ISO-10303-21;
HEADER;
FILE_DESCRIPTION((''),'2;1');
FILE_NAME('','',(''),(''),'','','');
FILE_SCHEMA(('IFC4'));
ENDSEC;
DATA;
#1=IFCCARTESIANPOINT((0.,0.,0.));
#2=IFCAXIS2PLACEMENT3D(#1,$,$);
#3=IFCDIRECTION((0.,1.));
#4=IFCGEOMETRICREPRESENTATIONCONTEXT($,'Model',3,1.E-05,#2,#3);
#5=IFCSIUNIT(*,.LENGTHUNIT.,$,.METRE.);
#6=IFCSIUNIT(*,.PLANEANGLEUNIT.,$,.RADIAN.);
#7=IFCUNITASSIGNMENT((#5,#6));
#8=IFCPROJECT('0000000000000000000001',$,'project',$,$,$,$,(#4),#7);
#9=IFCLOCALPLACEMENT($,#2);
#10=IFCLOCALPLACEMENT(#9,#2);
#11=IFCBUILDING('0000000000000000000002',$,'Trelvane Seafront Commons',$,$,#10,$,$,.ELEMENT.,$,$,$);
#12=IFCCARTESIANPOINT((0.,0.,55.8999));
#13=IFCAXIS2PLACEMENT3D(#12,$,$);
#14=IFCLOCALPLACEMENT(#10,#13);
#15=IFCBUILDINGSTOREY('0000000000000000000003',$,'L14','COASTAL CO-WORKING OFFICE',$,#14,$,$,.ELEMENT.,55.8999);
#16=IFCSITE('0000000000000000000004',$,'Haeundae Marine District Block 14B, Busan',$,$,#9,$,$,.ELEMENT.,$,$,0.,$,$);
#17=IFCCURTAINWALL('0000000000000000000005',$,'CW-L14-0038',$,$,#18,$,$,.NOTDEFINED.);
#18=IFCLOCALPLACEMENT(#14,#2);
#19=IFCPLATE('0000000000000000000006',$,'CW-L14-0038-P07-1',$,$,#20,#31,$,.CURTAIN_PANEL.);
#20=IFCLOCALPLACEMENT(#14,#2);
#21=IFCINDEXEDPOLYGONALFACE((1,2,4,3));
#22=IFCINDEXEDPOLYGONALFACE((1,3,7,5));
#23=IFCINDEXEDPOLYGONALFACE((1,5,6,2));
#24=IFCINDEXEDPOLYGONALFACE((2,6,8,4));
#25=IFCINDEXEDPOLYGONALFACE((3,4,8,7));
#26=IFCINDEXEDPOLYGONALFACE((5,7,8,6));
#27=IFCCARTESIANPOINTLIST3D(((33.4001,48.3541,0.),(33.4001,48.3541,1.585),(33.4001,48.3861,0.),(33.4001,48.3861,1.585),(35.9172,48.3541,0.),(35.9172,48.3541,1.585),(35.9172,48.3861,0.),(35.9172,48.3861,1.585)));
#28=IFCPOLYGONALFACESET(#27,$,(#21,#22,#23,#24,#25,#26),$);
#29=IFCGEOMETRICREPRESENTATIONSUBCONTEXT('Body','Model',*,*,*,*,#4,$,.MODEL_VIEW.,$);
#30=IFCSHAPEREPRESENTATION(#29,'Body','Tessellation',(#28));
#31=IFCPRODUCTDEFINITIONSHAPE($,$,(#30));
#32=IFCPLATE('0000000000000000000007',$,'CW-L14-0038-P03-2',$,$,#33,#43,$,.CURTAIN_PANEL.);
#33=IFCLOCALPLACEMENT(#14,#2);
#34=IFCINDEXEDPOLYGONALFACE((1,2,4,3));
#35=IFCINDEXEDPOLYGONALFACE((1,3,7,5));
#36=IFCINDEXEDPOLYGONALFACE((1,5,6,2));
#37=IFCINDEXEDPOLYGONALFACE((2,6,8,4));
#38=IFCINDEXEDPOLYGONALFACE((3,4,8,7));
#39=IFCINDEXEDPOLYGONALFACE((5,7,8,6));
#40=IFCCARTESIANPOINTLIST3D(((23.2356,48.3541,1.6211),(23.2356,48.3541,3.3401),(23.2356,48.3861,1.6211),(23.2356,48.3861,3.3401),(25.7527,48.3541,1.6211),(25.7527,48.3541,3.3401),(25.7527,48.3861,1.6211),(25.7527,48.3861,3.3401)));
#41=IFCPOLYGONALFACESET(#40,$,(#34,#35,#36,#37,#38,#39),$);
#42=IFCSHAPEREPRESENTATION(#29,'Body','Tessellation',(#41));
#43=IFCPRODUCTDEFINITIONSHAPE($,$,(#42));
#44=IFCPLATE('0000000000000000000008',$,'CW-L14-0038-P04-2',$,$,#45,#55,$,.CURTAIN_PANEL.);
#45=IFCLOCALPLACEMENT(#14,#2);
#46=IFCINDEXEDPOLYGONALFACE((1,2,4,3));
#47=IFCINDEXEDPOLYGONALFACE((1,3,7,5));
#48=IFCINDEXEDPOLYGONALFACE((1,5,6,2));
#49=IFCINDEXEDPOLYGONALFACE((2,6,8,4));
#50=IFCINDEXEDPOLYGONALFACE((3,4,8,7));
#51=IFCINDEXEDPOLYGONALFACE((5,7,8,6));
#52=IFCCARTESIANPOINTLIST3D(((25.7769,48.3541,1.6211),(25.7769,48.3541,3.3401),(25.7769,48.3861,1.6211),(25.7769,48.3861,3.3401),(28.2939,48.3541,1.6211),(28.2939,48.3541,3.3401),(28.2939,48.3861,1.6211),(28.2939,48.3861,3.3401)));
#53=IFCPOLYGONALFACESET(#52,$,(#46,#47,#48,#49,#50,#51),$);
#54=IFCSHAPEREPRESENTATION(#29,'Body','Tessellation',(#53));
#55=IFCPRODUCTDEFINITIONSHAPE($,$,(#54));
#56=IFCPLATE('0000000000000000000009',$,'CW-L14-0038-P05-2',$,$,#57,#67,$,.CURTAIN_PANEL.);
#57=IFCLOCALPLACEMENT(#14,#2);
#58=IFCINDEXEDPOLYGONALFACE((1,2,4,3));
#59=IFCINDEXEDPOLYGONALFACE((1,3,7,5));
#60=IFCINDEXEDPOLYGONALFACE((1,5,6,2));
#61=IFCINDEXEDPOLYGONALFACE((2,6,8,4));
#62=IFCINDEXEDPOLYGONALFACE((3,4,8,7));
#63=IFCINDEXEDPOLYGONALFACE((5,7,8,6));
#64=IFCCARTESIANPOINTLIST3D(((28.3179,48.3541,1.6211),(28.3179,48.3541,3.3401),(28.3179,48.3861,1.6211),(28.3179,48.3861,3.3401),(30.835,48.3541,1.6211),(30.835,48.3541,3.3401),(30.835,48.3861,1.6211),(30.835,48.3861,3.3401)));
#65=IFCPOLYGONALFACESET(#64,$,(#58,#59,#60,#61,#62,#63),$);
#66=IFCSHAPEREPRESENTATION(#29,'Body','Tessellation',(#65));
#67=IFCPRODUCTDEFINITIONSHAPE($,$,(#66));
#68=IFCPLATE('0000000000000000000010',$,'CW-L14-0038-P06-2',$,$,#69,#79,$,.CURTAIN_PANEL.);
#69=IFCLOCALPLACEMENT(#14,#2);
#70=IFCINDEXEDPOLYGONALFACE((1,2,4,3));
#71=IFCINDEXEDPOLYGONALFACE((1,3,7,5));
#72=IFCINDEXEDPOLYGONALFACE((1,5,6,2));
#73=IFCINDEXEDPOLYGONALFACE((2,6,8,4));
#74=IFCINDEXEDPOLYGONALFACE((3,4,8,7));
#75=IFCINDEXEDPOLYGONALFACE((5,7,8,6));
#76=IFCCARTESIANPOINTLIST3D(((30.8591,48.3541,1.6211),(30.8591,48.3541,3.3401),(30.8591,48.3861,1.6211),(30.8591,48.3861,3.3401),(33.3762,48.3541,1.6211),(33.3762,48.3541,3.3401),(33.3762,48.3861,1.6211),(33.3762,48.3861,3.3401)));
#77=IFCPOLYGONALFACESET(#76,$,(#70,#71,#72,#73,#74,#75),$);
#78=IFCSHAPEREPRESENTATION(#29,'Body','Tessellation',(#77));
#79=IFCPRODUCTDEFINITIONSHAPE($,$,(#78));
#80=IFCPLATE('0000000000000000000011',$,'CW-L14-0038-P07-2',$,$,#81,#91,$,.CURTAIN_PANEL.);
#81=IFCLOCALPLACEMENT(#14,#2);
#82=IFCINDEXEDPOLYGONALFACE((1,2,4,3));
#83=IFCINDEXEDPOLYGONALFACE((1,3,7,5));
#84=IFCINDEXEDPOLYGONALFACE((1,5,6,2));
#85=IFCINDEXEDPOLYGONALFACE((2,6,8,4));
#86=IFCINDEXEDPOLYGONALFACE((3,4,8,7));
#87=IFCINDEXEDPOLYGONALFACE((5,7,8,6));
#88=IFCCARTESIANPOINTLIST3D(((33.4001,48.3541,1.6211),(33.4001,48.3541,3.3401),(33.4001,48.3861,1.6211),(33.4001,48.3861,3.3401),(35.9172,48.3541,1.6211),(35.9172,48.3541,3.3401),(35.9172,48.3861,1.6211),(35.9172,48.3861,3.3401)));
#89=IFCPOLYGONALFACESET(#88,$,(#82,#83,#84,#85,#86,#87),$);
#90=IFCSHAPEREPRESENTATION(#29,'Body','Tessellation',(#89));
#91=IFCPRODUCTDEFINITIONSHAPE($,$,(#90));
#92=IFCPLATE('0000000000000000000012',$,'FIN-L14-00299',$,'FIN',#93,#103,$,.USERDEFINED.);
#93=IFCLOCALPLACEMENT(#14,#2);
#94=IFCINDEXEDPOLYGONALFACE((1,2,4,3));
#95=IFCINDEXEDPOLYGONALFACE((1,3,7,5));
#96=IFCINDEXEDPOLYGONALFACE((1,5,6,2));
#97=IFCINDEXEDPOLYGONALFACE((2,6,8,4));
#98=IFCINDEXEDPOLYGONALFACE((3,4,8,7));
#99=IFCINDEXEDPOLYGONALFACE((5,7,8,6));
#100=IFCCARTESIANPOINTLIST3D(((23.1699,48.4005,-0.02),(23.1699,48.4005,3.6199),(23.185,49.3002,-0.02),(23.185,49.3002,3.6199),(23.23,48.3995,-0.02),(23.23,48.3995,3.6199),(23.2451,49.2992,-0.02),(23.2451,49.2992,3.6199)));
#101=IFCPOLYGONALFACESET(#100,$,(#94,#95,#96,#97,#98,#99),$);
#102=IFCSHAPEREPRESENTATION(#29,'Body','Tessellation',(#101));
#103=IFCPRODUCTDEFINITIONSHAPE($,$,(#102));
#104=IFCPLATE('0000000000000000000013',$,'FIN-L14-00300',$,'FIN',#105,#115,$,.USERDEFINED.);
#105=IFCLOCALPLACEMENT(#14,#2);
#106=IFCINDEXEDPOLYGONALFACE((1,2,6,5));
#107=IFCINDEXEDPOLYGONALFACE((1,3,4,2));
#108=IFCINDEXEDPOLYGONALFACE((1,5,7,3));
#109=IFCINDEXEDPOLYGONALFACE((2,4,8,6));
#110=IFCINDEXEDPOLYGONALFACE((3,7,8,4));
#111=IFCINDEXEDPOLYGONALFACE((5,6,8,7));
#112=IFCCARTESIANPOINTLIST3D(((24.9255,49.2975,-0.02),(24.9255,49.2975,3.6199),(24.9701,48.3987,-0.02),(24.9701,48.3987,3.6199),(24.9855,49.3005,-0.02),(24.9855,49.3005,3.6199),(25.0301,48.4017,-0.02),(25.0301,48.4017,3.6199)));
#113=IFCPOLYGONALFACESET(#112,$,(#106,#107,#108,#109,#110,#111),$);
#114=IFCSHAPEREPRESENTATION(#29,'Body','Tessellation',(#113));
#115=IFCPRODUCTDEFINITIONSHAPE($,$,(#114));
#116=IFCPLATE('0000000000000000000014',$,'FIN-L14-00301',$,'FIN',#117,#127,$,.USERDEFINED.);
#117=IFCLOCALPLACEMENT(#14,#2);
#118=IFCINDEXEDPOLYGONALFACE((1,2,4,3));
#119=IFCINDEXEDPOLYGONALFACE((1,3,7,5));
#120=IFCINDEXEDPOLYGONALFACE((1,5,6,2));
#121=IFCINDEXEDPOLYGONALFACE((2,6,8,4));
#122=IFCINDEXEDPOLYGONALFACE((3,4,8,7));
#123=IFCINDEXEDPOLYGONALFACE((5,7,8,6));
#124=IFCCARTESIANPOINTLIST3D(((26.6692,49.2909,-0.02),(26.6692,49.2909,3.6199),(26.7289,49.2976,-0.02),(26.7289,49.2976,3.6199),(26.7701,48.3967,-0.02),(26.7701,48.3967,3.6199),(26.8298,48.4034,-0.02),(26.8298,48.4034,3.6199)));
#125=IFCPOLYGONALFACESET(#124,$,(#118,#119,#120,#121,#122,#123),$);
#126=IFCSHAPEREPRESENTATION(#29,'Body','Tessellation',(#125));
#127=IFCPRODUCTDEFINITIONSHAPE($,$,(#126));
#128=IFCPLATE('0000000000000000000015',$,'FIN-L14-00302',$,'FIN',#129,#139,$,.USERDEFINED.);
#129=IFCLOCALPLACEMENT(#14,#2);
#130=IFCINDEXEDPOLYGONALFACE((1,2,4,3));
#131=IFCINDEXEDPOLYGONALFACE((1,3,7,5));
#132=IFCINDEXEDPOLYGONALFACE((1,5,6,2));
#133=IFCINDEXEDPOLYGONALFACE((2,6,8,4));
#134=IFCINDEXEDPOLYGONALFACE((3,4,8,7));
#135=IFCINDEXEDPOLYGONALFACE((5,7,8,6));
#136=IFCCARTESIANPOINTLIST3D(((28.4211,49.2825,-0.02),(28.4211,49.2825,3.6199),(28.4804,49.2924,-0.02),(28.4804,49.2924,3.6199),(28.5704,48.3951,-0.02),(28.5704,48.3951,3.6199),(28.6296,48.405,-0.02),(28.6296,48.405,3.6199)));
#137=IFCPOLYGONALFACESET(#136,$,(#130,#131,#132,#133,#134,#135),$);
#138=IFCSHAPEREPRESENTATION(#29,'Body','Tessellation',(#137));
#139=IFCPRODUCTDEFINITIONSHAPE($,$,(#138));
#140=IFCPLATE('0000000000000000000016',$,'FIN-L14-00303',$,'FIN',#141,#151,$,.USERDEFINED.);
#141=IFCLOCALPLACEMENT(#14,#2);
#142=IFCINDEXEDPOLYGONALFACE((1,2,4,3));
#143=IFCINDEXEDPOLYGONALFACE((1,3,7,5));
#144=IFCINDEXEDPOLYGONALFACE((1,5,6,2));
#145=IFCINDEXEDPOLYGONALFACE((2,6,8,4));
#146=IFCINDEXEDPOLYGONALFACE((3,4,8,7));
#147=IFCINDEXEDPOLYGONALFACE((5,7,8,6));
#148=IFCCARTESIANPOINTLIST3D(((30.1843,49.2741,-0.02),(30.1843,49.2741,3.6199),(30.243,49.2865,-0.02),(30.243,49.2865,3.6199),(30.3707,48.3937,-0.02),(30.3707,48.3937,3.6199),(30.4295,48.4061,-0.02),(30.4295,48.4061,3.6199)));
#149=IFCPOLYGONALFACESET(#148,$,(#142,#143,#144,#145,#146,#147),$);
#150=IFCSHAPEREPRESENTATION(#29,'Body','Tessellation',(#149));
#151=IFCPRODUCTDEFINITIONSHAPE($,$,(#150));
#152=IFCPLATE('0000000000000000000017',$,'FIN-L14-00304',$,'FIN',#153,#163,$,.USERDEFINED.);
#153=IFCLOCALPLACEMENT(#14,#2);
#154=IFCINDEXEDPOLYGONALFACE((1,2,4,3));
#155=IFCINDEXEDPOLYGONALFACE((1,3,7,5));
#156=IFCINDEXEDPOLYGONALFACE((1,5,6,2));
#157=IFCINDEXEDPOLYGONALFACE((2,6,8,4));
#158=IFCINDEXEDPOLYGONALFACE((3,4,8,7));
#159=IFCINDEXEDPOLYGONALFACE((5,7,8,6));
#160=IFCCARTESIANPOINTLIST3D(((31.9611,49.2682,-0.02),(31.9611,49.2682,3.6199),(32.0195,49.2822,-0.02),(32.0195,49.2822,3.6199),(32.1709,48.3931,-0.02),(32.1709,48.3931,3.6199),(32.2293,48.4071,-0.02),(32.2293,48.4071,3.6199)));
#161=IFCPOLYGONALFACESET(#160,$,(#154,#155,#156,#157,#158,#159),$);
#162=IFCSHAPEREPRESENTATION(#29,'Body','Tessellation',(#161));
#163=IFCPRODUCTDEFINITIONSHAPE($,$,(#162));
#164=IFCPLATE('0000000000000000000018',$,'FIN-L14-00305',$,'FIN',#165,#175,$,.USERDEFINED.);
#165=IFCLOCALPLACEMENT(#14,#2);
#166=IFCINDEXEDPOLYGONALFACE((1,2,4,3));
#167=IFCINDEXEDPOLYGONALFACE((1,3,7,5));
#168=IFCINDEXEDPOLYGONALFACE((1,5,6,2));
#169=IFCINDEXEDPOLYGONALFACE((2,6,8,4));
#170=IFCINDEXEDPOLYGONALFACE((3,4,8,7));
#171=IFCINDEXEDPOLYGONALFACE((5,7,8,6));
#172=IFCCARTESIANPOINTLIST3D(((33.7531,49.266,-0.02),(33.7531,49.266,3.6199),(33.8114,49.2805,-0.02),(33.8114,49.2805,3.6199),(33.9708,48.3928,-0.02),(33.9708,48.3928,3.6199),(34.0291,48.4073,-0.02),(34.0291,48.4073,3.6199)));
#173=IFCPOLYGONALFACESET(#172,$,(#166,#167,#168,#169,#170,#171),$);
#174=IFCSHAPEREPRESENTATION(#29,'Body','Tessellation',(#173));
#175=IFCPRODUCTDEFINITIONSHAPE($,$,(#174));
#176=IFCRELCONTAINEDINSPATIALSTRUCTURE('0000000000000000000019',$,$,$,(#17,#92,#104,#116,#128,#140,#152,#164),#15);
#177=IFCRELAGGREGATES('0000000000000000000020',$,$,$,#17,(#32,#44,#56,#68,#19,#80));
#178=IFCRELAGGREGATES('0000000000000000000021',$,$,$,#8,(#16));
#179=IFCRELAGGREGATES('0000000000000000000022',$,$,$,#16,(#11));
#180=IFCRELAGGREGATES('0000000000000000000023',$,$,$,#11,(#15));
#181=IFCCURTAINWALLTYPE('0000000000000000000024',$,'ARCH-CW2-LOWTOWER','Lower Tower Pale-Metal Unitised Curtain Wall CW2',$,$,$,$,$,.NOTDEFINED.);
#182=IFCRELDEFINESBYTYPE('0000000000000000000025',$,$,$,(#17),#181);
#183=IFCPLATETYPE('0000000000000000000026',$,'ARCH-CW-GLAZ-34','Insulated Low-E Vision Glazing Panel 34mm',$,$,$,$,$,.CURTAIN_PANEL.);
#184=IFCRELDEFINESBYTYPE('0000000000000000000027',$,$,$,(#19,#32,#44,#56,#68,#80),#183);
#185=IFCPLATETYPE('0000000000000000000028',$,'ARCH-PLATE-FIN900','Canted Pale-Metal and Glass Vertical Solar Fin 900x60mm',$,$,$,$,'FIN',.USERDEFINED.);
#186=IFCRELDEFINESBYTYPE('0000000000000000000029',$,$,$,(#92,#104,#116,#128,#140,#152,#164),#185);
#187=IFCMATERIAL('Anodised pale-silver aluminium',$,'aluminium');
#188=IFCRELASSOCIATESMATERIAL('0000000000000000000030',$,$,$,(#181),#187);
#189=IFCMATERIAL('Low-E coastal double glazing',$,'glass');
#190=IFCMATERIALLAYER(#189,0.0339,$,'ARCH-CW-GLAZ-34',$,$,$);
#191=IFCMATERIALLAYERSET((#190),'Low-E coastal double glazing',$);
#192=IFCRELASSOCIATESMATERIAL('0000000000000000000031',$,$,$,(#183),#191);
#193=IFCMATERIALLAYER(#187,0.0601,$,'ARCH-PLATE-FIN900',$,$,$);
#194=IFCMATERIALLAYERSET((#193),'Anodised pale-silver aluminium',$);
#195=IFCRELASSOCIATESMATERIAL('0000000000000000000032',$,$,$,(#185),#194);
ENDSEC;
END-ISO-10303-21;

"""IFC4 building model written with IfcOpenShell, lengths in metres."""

from ifc_helpers import new_model, si_unit, direction, frame, origin, origin_2d, place, context, subcontext, project, spatial, rectangle, extrude, source, transform, mapped, material, layer, layer_set, type_object, element, aggregate, save


model = new_model("IFC4")

# Units and contexts
model_context = context("Model", 3, precision=1e-05, world=origin(), true_north=direction((0.0, 1.0)))
body_context = subcontext(model_context, "Body", "Model", "MODEL_VIEW")
ifc_project = project(units=[si_unit("LENGTHUNIT", "METRE"), si_unit("PLANEANGLEUNIT", "RADIAN")], contexts=[model_context])

# Site, building, storey
site_placement = place(None, origin())
site = spatial("IfcSite", under=ifc_project, at=site_placement, Name="Haeundae Marine District Block 14B, Busan", CompositionType="ELEMENT", RefElevation=0.0)
building_placement = place(site_placement, origin())
building = spatial("IfcBuilding", under=site, at=building_placement, Name="Trelvane Seafront Commons", CompositionType="ELEMENT")
storey_placement = place(building_placement, frame((0.0, 0.0, 55.8999)))
storey = spatial("IfcBuildingStorey", under=building, at=storey_placement, Name="L14", Description="COASTAL CO-WORKING OFFICE", CompositionType="ELEMENT", Elevation=55.8999)

# Curtain wall, plates
ifc_material_1 = material(Name="Anodised pale-silver aluminium", Category="aluminium")
curtain_wall_type = type_object("IfcCurtainWallType", Name="ARCH-CW2-LOWTOWER", Description="Lower Tower Pale-Metal Unitised Curtain Wall CW2", PredefinedType="NOTDEFINED", material=ifc_material_1)
curtain_wall_placement = place(storey_placement, origin())
curtain_wall = element("IfcCurtainWall", 1, at=curtain_wall_placement, inside=storey, type_object=curtain_wall_type, Name="CW-L14-0038", PredefinedType="NOTDEFINED")
ifc_material_2 = material(Name="Low-E coastal double glazing", Category="glass")
ifc_layer_1 = layer(ifc_material_2, 0.0339, Name="ARCH-CW-GLAZ-34")
ifc_layer_set_1 = layer_set([ifc_layer_1], Name="Low-E coastal double glazing")
plate_type_1 = type_object("IfcPlateType", Name="ARCH-CW-GLAZ-34", Description="Insulated Low-E Vision Glazing Panel 34mm", PredefinedType="CURTAIN_PANEL", material=ifc_layer_set_1)
shared_shape_1 = source(origin(), body_context, "Body", "SweptSolid", [
    extrude(rectangle(XDim=2.5171, YDim=0.032, at=origin_2d()), origin(), (0.0, 0.0, 1.0), 1.585),
])
plate_1_placement = place(storey_placement, frame((34.6587, 48.3701, 0.0), z_axis=(0.0, 0.0, 1.0), x_axis=(1.0, 0.0, 0.0)))
plate_1 = element("IfcPlate", 2, at=plate_1_placement, type_object=plate_type_1, Name="CW-L14-0038-P07-1", PredefinedType="CURTAIN_PANEL", context=body_context, shape_type="MappedRepresentation", body=[
    mapped(shared_shape_1, transform((0.0, 0.0, 0.0), x_axis=(1.0, 0.0, 0.0), y_axis=(0.0, 1.0, 0.0), z_axis=(0.0, 0.0, 1.0), scale=1.0)),
])
shared_shape_2 = source(origin(), body_context, "Body", "SweptSolid", [
    extrude(rectangle(XDim=2.5171, YDim=0.032, at=origin_2d()), origin(), (0.0, 0.0, 1.0), 1.719),
])
plate_2_placement = place(storey_placement, frame((24.4941, 48.3701, 1.6211), z_axis=(0.0, 0.0, 1.0), x_axis=(1.0, 0.0, 0.0)))
plate_2 = element("IfcPlate", 3, at=plate_2_placement, type_object=plate_type_1, Name="CW-L14-0038-P03-2", PredefinedType="CURTAIN_PANEL", context=body_context, shape_type="MappedRepresentation", body=[
    mapped(shared_shape_2, transform((0.0, 0.0, 0.0), x_axis=(1.0, 0.0, 0.0), y_axis=(0.0, 1.0, 0.0), z_axis=(0.0, 0.0, 1.0), scale=1.0)),
])
plate_3_placement = place(storey_placement, frame((27.0354, 48.3701, 1.6211), z_axis=(0.0, 0.0, 1.0), x_axis=(1.0, 0.0, 0.0)))
plate_3 = element("IfcPlate", 4, at=plate_3_placement, type_object=plate_type_1, Name="CW-L14-0038-P04-2", PredefinedType="CURTAIN_PANEL", context=body_context, shape_type="MappedRepresentation", body=[
    mapped(shared_shape_2, transform((0.0, 0.0, 0.0), x_axis=(1.0, 0.0, 0.0), y_axis=(0.0, 1.0, 0.0), z_axis=(0.0, 0.0, 1.0), scale=1.0)),
])
plate_4_placement = place(storey_placement, frame((29.5764, 48.3701, 1.6211), z_axis=(0.0, 0.0, 1.0), x_axis=(1.0, 0.0, 0.0)))
plate_4 = element("IfcPlate", 5, at=plate_4_placement, type_object=plate_type_1, Name="CW-L14-0038-P05-2", PredefinedType="CURTAIN_PANEL", context=body_context, shape_type="MappedRepresentation", body=[
    mapped(shared_shape_2, transform((0.0, 0.0, 0.0), x_axis=(1.0, 0.0, 0.0), y_axis=(0.0, 1.0, 0.0), z_axis=(0.0, 0.0, 1.0), scale=1.0)),
])
plate_5_placement = place(storey_placement, frame((32.1177, 48.3701, 1.6211), z_axis=(0.0, 0.0, 1.0), x_axis=(1.0, 0.0, 0.0)))
plate_5 = element("IfcPlate", 6, at=plate_5_placement, type_object=plate_type_1, Name="CW-L14-0038-P06-2", PredefinedType="CURTAIN_PANEL", context=body_context, shape_type="MappedRepresentation", body=[
    mapped(shared_shape_2, transform((0.0, 0.0, 0.0), x_axis=(1.0, 0.0, 0.0), y_axis=(0.0, 1.0, 0.0), z_axis=(0.0, 0.0, 1.0), scale=1.0)),
])
plate_6_placement = place(storey_placement, frame((34.6587, 48.3701, 1.6211), z_axis=(0.0, 0.0, 1.0), x_axis=(1.0, 0.0, 0.0)))
plate_6 = element("IfcPlate", 7, at=plate_6_placement, type_object=plate_type_1, Name="CW-L14-0038-P07-2", PredefinedType="CURTAIN_PANEL", context=body_context, shape_type="MappedRepresentation", body=[
    mapped(shared_shape_2, transform((0.0, 0.0, 0.0), x_axis=(1.0, 0.0, 0.0), y_axis=(0.0, 1.0, 0.0), z_axis=(0.0, 0.0, 1.0), scale=1.0)),
])
aggregate(curtain_wall, [plate_2, plate_3, plate_4, plate_5, plate_1, plate_6])

# Plates
ifc_layer_2 = layer(ifc_material_1, 0.0601, Name="ARCH-PLATE-FIN900")
ifc_layer_set_2 = layer_set([ifc_layer_2], Name="Anodised pale-silver aluminium")
plate_type_2 = type_object("IfcPlateType", Name="ARCH-PLATE-FIN900", Description="Canted Pale-Metal and Glass Vertical Solar Fin 900x60mm", ElementType="FIN", PredefinedType="USERDEFINED", material=ifc_layer_set_2)
shared_shape_3 = source(origin(), body_context, "Body", "SweptSolid", [
    extrude(rectangle(XDim=0.8999, YDim=0.0601, at=origin_2d()), origin(), (0.0, 0.0, 1.0), 3.6399),
])
for number, where, z_axis, x_axis, name in (
    (8, (23.2075, 48.8499, -0.02), (0.0, 0.0, 1.0), (0.016777, 0.999859, 0.0), "FIN-L14-00299"),
    (9, (24.9778, 48.8496, -0.02), (0.0, 0.0, 1.0), (-0.049556, 0.998771, 0.0), "FIN-L14-00300"),
    (10, (26.7495, 48.8472, -0.02), (0.0, 0.0, 1.0), (-0.112114, 0.993695, 0.0), "FIN-L14-00301"),
    (11, (28.5254, 48.8438, -0.02), (0.0, 0.0, 1.0), (-0.165894, 0.986144, 0.0), "FIN-L14-00302"),
    (12, (30.3069, 48.8401, -0.02), (0.0, 0.0, 1.0), (-0.207213, 0.978296, 0.0), "FIN-L14-00303"),
    (13, (32.0952, 48.8376, -0.02), (0.0, 0.0, 1.0), (-0.233113, 0.97245, 0.0), "FIN-L14-00304"),
    (14, (33.8911, 48.8367, -0.02), (0.0, 0.0, 1.0), (-0.241881, 0.970306, 0.0), "FIN-L14-00305"),
):
    element("IfcPlate", number, at=place(storey_placement, frame(where, z_axis=z_axis, x_axis=x_axis)), inside=storey, type_object=plate_type_2, Name=name, ObjectType="FIN", PredefinedType="USERDEFINED", context=body_context, shape_type="MappedRepresentation", body=[
        mapped(shared_shape_3, transform((0.0, 0.0, 0.0), x_axis=(1.0, 0.0, 0.0), y_axis=(0.0, 1.0, 0.0), z_axis=(0.0, 0.0, 1.0), scale=1.0)),
    ])

save(model, "model.ifc")
